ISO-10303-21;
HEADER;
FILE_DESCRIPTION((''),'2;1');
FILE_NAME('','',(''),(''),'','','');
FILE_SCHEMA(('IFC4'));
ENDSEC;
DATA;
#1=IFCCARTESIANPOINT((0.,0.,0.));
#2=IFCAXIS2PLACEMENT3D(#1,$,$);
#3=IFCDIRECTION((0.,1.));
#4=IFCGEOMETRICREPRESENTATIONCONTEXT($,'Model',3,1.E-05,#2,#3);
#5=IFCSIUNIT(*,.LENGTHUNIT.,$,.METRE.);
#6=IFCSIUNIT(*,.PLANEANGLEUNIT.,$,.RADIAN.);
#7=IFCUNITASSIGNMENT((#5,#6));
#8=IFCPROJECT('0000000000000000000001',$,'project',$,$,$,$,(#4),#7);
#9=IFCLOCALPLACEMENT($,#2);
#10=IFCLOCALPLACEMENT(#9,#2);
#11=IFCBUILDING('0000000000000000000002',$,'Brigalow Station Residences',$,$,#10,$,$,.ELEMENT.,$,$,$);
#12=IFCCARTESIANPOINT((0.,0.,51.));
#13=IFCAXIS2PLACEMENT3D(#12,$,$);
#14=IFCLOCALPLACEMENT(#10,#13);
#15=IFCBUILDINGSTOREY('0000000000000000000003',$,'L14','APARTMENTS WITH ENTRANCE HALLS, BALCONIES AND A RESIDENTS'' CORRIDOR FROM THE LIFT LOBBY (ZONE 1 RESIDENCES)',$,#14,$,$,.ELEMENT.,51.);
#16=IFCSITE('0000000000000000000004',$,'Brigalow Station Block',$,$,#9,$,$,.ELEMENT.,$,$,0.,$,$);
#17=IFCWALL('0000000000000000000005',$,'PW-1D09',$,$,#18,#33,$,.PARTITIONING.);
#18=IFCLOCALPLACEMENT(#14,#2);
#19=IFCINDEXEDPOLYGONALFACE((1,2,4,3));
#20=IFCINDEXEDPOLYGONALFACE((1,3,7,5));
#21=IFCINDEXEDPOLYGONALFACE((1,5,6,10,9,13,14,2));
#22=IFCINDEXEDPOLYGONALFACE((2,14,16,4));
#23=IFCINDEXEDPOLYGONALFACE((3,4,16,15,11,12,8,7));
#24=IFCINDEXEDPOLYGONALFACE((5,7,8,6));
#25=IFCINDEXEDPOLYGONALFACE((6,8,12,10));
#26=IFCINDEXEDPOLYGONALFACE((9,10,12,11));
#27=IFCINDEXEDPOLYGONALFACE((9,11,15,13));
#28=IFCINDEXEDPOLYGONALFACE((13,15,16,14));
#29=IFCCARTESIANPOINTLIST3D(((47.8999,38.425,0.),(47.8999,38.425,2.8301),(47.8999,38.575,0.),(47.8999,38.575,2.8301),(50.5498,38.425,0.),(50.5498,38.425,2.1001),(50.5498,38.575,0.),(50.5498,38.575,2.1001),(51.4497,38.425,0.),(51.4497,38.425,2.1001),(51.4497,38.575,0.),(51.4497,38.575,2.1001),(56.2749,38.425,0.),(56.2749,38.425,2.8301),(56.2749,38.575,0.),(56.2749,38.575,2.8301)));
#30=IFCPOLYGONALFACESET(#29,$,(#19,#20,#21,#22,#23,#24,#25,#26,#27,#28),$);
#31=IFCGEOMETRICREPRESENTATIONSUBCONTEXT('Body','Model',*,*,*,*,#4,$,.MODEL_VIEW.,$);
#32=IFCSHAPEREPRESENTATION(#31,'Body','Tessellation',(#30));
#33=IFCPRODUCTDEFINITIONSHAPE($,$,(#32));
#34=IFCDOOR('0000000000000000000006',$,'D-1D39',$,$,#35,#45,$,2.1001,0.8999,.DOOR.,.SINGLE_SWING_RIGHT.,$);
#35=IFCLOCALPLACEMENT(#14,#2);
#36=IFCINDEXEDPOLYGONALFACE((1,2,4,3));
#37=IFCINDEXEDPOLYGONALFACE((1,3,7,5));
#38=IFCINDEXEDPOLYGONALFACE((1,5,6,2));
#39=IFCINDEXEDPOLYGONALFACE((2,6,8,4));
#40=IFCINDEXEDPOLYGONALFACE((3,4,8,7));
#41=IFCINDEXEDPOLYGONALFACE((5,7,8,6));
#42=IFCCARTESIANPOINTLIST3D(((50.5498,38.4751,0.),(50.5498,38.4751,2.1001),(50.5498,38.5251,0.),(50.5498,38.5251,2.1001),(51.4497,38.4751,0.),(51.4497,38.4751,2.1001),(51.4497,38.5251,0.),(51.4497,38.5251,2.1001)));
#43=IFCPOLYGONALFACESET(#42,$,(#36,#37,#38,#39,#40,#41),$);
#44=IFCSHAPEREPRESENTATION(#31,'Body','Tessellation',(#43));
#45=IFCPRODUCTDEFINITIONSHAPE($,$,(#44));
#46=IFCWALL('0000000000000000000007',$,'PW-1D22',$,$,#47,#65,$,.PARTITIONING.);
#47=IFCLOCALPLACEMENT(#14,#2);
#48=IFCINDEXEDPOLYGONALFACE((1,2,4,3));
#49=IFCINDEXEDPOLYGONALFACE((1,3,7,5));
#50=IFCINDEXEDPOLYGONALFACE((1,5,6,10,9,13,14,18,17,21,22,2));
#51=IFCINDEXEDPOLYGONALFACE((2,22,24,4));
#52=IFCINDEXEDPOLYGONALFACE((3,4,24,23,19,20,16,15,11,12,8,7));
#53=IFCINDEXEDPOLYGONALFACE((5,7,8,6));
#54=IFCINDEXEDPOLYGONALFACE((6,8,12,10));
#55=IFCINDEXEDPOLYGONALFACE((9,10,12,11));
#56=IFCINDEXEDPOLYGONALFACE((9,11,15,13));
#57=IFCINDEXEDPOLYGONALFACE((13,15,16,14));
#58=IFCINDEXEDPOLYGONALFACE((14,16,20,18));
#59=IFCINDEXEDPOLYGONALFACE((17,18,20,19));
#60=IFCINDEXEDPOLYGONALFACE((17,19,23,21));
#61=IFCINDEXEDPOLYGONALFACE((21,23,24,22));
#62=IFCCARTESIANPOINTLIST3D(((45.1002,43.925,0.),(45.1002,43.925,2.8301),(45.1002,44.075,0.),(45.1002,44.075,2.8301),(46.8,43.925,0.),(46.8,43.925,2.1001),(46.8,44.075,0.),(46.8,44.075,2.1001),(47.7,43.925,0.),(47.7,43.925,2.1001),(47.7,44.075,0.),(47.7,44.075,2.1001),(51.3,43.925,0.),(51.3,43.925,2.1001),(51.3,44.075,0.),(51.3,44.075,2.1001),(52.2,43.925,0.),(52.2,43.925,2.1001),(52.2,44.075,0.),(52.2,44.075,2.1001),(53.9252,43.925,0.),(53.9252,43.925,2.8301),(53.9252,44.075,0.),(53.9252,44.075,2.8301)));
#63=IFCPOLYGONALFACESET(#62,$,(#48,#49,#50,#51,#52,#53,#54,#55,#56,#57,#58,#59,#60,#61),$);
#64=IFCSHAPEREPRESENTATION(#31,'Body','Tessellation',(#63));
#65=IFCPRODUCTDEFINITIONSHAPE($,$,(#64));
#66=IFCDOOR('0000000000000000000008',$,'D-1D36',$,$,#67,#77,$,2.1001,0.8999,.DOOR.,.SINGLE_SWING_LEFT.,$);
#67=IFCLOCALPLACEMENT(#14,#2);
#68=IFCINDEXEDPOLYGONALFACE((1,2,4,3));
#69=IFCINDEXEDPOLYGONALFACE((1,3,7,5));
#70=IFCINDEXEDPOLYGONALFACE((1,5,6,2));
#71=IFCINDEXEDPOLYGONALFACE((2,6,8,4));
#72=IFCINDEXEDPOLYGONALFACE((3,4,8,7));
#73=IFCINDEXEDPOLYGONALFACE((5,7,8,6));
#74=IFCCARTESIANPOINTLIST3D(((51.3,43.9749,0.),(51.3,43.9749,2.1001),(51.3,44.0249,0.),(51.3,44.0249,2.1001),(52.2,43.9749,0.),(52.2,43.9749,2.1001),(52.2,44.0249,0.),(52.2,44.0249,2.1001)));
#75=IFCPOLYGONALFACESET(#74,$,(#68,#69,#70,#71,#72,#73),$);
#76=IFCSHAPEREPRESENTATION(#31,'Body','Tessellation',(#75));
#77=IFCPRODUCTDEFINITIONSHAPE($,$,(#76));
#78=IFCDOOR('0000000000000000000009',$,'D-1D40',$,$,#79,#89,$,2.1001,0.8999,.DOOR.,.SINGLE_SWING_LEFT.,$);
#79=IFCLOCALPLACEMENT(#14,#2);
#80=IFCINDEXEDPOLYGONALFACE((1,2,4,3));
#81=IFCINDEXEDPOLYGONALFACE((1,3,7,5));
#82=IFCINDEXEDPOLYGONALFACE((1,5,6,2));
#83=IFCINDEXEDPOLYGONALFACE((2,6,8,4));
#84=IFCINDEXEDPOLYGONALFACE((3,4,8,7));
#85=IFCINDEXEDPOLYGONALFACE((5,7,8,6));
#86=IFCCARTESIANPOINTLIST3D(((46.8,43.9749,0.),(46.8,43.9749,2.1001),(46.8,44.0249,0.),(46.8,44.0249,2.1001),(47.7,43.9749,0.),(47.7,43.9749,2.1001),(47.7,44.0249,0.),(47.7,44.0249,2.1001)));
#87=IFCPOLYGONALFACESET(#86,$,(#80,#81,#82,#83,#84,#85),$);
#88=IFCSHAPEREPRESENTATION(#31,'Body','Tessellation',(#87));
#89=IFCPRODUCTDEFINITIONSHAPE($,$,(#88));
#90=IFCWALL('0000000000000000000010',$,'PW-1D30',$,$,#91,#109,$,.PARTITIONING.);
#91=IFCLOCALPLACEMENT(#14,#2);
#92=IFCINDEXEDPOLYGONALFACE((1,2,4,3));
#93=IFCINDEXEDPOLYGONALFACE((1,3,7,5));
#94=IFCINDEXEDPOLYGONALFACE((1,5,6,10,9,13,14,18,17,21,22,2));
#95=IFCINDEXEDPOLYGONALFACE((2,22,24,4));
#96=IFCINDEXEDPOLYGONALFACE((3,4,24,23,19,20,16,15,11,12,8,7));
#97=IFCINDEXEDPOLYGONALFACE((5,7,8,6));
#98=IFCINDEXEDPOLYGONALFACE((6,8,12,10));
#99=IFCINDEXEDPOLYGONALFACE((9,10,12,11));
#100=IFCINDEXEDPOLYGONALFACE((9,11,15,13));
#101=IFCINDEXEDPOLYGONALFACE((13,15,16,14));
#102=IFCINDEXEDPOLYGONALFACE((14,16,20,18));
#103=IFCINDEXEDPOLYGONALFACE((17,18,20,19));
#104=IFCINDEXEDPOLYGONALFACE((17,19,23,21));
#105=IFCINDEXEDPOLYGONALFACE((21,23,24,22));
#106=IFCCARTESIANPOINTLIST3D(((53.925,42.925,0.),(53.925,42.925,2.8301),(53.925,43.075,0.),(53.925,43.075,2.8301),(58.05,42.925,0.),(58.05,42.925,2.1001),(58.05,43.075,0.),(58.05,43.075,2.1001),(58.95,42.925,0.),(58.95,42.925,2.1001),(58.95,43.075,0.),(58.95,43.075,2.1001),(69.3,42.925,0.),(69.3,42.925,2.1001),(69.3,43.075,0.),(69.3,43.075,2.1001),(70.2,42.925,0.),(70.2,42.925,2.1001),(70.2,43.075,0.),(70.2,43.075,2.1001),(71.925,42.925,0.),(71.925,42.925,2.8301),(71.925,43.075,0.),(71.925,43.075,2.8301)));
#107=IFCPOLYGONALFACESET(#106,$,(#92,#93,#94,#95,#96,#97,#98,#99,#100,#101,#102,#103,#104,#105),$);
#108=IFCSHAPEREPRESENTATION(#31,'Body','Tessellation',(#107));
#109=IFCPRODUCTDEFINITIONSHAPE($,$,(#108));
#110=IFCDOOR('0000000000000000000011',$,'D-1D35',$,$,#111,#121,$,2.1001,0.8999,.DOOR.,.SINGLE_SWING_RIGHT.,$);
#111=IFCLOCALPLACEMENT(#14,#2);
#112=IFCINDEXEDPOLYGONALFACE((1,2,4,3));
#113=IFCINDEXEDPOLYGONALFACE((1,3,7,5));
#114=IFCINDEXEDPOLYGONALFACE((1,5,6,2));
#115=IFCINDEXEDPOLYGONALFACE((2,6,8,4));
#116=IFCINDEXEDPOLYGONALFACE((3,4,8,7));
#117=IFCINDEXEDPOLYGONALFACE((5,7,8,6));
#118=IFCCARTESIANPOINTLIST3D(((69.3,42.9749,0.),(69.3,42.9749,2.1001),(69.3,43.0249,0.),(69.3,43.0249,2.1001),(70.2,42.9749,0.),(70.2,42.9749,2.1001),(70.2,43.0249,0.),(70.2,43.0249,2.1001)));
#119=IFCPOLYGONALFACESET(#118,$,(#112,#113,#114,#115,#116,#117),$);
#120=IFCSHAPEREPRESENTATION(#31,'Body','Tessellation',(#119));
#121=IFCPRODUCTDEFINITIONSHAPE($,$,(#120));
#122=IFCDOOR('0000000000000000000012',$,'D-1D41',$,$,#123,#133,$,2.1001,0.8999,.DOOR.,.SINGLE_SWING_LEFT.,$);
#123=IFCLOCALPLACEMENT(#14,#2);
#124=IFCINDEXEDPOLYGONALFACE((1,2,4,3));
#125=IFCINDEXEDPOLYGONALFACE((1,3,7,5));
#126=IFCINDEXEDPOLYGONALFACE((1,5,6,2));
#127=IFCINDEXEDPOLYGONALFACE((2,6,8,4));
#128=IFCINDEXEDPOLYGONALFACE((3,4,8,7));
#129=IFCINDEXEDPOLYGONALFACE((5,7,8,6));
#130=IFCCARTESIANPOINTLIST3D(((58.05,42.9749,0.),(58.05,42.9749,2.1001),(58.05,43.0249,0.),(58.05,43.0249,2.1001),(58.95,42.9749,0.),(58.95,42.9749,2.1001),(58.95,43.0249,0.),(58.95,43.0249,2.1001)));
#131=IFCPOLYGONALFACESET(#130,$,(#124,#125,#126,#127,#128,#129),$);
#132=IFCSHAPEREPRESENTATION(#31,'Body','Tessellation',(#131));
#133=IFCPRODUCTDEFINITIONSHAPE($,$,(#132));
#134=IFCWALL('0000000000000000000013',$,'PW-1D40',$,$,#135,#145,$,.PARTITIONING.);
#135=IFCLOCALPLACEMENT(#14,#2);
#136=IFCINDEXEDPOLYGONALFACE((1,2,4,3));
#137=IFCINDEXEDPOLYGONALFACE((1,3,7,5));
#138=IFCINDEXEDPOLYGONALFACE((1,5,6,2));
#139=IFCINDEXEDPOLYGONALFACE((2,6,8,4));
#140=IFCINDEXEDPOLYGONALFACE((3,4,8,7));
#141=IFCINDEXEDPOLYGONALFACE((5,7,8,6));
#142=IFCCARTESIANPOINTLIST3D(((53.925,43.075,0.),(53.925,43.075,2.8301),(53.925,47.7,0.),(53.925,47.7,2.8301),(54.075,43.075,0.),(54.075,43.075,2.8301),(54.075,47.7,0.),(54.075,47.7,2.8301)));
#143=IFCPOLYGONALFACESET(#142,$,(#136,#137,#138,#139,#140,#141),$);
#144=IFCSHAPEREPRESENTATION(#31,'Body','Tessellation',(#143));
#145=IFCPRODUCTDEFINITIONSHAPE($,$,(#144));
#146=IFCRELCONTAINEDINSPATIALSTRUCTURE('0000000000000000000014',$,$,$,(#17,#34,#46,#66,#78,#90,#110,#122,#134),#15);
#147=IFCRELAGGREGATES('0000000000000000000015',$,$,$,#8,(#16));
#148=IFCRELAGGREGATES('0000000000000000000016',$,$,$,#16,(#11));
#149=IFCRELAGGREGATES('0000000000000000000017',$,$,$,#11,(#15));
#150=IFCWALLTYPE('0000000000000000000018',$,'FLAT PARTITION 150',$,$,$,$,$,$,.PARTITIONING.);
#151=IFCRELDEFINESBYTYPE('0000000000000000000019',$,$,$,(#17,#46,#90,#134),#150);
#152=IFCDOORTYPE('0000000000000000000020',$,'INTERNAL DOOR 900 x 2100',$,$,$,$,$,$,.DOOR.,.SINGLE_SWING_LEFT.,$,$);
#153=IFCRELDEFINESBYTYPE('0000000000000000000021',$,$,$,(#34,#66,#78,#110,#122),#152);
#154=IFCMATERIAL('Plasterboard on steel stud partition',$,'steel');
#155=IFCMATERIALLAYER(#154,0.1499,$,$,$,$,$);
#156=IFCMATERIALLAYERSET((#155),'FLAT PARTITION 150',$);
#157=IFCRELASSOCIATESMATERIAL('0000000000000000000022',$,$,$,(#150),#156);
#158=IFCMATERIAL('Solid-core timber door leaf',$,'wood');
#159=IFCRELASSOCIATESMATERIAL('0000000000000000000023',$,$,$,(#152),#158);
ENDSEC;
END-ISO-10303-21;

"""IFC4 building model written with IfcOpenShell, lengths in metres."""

from ifc_helpers import new_model, si_unit, direction, frame, frame_2d, origin, place, context, subcontext, project, spatial, rectangle, extrude, material, layer, layer_set, type_object, element, fill, save


model = new_model("IFC4")

# Units and contexts
model_context = context("Model", 3, precision=1e-05, world=origin(), true_north=direction((0.0, 1.0)))
body_context = subcontext(model_context, "Body", "Model", "MODEL_VIEW")
ifc_project = project(units=[si_unit("LENGTHUNIT", "METRE"), si_unit("PLANEANGLEUNIT", "RADIAN")], contexts=[model_context])

# Site, building, storey
site_placement = place(None, origin())
site = spatial("IfcSite", under=ifc_project, at=site_placement, Name="Brigalow Station Block", CompositionType="ELEMENT", RefElevation=0.0)
building_placement = place(site_placement, origin())
building = spatial("IfcBuilding", under=site, at=building_placement, Name="Brigalow Station Residences", CompositionType="ELEMENT")
storey_placement = place(building_placement, frame((0.0, 0.0, 51.0)))
storey = spatial("IfcBuildingStorey", under=building, at=storey_placement, Name="L14", Description="APARTMENTS WITH ENTRANCE HALLS, BALCONIES AND A RESIDENTS' CORRIDOR FROM THE LIFT LOBBY (ZONE 1 RESIDENCES)", CompositionType="ELEMENT", Elevation=51.0)

# Wall, opening, door
ifc_material_1 = material(Name="Plasterboard on steel stud partition", Category="steel")
ifc_layer_1 = layer(ifc_material_1, 0.1499)
ifc_layer_set_1 = layer_set([ifc_layer_1], Name="FLAT PARTITION 150")
wall_type_1 = type_object("IfcWallType", Name="FLAT PARTITION 150", PredefinedType="PARTITIONING", material=ifc_layer_set_1)
wall_1_placement = place(storey_placement, frame((47.8999, 38.5, 0.0), z_axis=(0.0, 0.0, 1.0), x_axis=(1.0, 0.0, 0.0)))
wall_1 = element("IfcWall", 1, at=wall_1_placement, inside=storey, type_object=wall_type_1, Name="PW-1D09", PredefinedType="PARTITIONING", context=body_context, shape_type="SweptSolid", body=[
    extrude(rectangle(XDim=8.375, YDim=0.1499, at=frame_2d((4.1875, 0.0))), origin(), (0.0, 0.0, 1.0), 2.8301),
])
opening_1_placement = place(wall_1_placement, frame((2.6499, 0.0, 0.0)))
opening_1 = element("IfcOpeningElement", 2, at=opening_1_placement, cuts=wall_1, PredefinedType="OPENING", context=body_context, shape_type="SweptSolid", body=[
    extrude(rectangle(XDim=0.8999, YDim=2.1001, at=frame_2d((0.45, 1.05))), frame((0.0, 0.085, 0.0), z_axis=(0.0, -1.0, 0.0), x_axis=(1.0, 0.0, 0.0)), (0.0, 0.0, 1.0), 0.1699),
])
ifc_material_2 = material(Name="Solid-core timber door leaf", Category="wood")
door_type_1 = type_object("IfcDoorType", Name="INTERNAL DOOR 900 x 2100", OperationType="SINGLE_SWING_LEFT", PredefinedType="DOOR", material=ifc_material_2)
door_1_placement = place(opening_1_placement, frame((0.8999, 0.0, 0.0), z_axis=(0.0, 0.0, 1.0), x_axis=(-1.0, 0.0, 0.0)))
door_1 = element("IfcDoor", 3, at=door_1_placement, inside=storey, type_object=door_type_1, Name="D-1D39", OperationType="SINGLE_SWING_RIGHT", OverallHeight=2.1001, OverallWidth=0.8999, PredefinedType="DOOR", context=body_context, shape_type="SweptSolid", body=[
    extrude(rectangle(XDim=0.8999, YDim=2.1001, at=frame_2d((0.45, 1.05))), frame((0.0, 0.0249, 0.0), z_axis=(0.0, -1.0, 0.0), x_axis=(1.0, 0.0, 0.0)), (0.0, 0.0, 1.0), 0.05),
])
fill(opening_1, door_1)

# Walls, openings, doors
wall_2_placement = place(storey_placement, frame((45.1001, 44.0, 0.0), z_axis=(0.0, 0.0, 1.0), x_axis=(1.0, 0.0, 0.0)))
wall_2 = element("IfcWall", 4, at=wall_2_placement, inside=storey, type_object=wall_type_1, Name="PW-1D22", PredefinedType="PARTITIONING", context=body_context, shape_type="SweptSolid", body=[
    extrude(rectangle(XDim=8.825, YDim=0.1499, at=frame_2d((4.4126, 0.0))), origin(), (0.0, 0.0, 1.0), 2.8301),
])
opening_2_placement = place(wall_2_placement, frame((6.2, 0.0, 0.0)))
opening_2 = element("IfcOpeningElement", 5, at=opening_2_placement, cuts=wall_2, PredefinedType="OPENING", context=body_context, shape_type="SweptSolid", body=[
    extrude(rectangle(XDim=0.8999, YDim=2.1001, at=frame_2d((0.45, 1.05))), frame((0.0, 0.085, 0.0), z_axis=(0.0, -1.0, 0.0), x_axis=(1.0, 0.0, 0.0)), (0.0, 0.0, 1.0), 0.1699),
])
opening_3_placement = place(wall_2_placement, frame((1.7, 0.0, 0.0)))
opening_3 = element("IfcOpeningElement", 6, at=opening_3_placement, cuts=wall_2, PredefinedType="OPENING", context=body_context, shape_type="SweptSolid", body=[
    extrude(rectangle(XDim=0.8999, YDim=2.1001, at=frame_2d((0.45, 1.05))), frame((0.0, 0.085, 0.0), z_axis=(0.0, -1.0, 0.0), x_axis=(1.0, 0.0, 0.0)), (0.0, 0.0, 1.0), 0.1699),
])
door_2_placement = place(opening_2_placement, origin())
door_2 = element("IfcDoor", 7, at=door_2_placement, inside=storey, type_object=door_type_1, Name="D-1D36", OperationType="SINGLE_SWING_LEFT", OverallHeight=2.1001, OverallWidth=0.8999, PredefinedType="DOOR", context=body_context, shape_type="SweptSolid", body=[
    extrude(rectangle(XDim=0.8999, YDim=2.1001, at=frame_2d((0.45, 1.05))), frame((0.0, 0.0249, 0.0), z_axis=(0.0, -1.0, 0.0), x_axis=(1.0, 0.0, 0.0)), (0.0, 0.0, 1.0), 0.05),
])
fill(opening_2, door_2)
door_3_placement = place(opening_3_placement, origin())
door_3 = element("IfcDoor", 8, at=door_3_placement, inside=storey, type_object=door_type_1, Name="D-1D40", OperationType="SINGLE_SWING_LEFT", OverallHeight=2.1001, OverallWidth=0.8999, PredefinedType="DOOR", context=body_context, shape_type="SweptSolid", body=[
    extrude(rectangle(XDim=0.8999, YDim=2.1001, at=frame_2d((0.45, 1.05))), frame((0.0, 0.0249, 0.0), z_axis=(0.0, -1.0, 0.0), x_axis=(1.0, 0.0, 0.0)), (0.0, 0.0, 1.0), 0.05),
])
fill(opening_3, door_3)
wall_3_placement = place(storey_placement, frame((53.925, 43.0, 0.0), z_axis=(0.0, 0.0, 1.0), x_axis=(1.0, 0.0, 0.0)))
wall_3 = element("IfcWall", 9, at=wall_3_placement, inside=storey, type_object=wall_type_1, Name="PW-1D30", PredefinedType="PARTITIONING", context=body_context, shape_type="SweptSolid", body=[
    extrude(rectangle(XDim=18.0, YDim=0.1499, at=frame_2d((9.0, 0.0))), origin(), (0.0, 0.0, 1.0), 2.8301),
])
opening_4_placement = place(wall_3_placement, frame((15.375, 0.0, 0.0)))
opening_4 = element("IfcOpeningElement", 10, at=opening_4_placement, cuts=wall_3, PredefinedType="OPENING", context=body_context, shape_type="SweptSolid", body=[
    extrude(rectangle(XDim=0.8999, YDim=2.1001, at=frame_2d((0.45, 1.05))), frame((0.0, 0.085, 0.0), z_axis=(0.0, -1.0, 0.0), x_axis=(1.0, 0.0, 0.0)), (0.0, 0.0, 1.0), 0.1699),
])
opening_5_placement = place(wall_3_placement, frame((4.125, 0.0, 0.0)))
opening_5 = element("IfcOpeningElement", 11, at=opening_5_placement, cuts=wall_3, PredefinedType="OPENING", context=body_context, shape_type="SweptSolid", body=[
    extrude(rectangle(XDim=0.8999, YDim=2.1001, at=frame_2d((0.45, 1.05))), frame((0.0, 0.085, 0.0), z_axis=(0.0, -1.0, 0.0), x_axis=(1.0, 0.0, 0.0)), (0.0, 0.0, 1.0), 0.1699),
])
door_4_placement = place(opening_4_placement, origin())
door_4 = element("IfcDoor", 12, at=door_4_placement, inside=storey, type_object=door_type_1, Name="D-1D35", OperationType="SINGLE_SWING_RIGHT", OverallHeight=2.1001, OverallWidth=0.8999, PredefinedType="DOOR", context=body_context, shape_type="SweptSolid", body=[
    extrude(rectangle(XDim=0.8999, YDim=2.1001, at=frame_2d((0.45, 1.05))), frame((0.0, 0.0249, 0.0), z_axis=(0.0, -1.0, 0.0), x_axis=(1.0, 0.0, 0.0)), (0.0, 0.0, 1.0), 0.05),
])
fill(opening_4, door_4)
door_5_placement = place(opening_5_placement, origin())
door_5 = element("IfcDoor", 13, at=door_5_placement, inside=storey, type_object=door_type_1, Name="D-1D41", OperationType="SINGLE_SWING_LEFT", OverallHeight=2.1001, OverallWidth=0.8999, PredefinedType="DOOR", context=body_context, shape_type="SweptSolid", body=[
    extrude(rectangle(XDim=0.8999, YDim=2.1001, at=frame_2d((0.45, 1.05))), frame((0.0, 0.0249, 0.0), z_axis=(0.0, -1.0, 0.0), x_axis=(1.0, 0.0, 0.0)), (0.0, 0.0, 1.0), 0.05),
])
fill(opening_5, door_5)

# Wall
wall_4_placement = place(storey_placement, frame((54.0, 43.075, 0.0), z_axis=(0.0, 0.0, 1.0), x_axis=(0.0, 1.0, 0.0)))
element("IfcWall", 14, at=wall_4_placement, inside=storey, type_object=wall_type_1, Name="PW-1D40", PredefinedType="PARTITIONING", context=body_context, shape_type="SweptSolid", body=[
    extrude(rectangle(XDim=4.625, YDim=0.1499, at=frame_2d((2.3125, 0.0))), origin(), (0.0, 0.0, 1.0), 2.8301),
])

save(model, "model.ifc")
